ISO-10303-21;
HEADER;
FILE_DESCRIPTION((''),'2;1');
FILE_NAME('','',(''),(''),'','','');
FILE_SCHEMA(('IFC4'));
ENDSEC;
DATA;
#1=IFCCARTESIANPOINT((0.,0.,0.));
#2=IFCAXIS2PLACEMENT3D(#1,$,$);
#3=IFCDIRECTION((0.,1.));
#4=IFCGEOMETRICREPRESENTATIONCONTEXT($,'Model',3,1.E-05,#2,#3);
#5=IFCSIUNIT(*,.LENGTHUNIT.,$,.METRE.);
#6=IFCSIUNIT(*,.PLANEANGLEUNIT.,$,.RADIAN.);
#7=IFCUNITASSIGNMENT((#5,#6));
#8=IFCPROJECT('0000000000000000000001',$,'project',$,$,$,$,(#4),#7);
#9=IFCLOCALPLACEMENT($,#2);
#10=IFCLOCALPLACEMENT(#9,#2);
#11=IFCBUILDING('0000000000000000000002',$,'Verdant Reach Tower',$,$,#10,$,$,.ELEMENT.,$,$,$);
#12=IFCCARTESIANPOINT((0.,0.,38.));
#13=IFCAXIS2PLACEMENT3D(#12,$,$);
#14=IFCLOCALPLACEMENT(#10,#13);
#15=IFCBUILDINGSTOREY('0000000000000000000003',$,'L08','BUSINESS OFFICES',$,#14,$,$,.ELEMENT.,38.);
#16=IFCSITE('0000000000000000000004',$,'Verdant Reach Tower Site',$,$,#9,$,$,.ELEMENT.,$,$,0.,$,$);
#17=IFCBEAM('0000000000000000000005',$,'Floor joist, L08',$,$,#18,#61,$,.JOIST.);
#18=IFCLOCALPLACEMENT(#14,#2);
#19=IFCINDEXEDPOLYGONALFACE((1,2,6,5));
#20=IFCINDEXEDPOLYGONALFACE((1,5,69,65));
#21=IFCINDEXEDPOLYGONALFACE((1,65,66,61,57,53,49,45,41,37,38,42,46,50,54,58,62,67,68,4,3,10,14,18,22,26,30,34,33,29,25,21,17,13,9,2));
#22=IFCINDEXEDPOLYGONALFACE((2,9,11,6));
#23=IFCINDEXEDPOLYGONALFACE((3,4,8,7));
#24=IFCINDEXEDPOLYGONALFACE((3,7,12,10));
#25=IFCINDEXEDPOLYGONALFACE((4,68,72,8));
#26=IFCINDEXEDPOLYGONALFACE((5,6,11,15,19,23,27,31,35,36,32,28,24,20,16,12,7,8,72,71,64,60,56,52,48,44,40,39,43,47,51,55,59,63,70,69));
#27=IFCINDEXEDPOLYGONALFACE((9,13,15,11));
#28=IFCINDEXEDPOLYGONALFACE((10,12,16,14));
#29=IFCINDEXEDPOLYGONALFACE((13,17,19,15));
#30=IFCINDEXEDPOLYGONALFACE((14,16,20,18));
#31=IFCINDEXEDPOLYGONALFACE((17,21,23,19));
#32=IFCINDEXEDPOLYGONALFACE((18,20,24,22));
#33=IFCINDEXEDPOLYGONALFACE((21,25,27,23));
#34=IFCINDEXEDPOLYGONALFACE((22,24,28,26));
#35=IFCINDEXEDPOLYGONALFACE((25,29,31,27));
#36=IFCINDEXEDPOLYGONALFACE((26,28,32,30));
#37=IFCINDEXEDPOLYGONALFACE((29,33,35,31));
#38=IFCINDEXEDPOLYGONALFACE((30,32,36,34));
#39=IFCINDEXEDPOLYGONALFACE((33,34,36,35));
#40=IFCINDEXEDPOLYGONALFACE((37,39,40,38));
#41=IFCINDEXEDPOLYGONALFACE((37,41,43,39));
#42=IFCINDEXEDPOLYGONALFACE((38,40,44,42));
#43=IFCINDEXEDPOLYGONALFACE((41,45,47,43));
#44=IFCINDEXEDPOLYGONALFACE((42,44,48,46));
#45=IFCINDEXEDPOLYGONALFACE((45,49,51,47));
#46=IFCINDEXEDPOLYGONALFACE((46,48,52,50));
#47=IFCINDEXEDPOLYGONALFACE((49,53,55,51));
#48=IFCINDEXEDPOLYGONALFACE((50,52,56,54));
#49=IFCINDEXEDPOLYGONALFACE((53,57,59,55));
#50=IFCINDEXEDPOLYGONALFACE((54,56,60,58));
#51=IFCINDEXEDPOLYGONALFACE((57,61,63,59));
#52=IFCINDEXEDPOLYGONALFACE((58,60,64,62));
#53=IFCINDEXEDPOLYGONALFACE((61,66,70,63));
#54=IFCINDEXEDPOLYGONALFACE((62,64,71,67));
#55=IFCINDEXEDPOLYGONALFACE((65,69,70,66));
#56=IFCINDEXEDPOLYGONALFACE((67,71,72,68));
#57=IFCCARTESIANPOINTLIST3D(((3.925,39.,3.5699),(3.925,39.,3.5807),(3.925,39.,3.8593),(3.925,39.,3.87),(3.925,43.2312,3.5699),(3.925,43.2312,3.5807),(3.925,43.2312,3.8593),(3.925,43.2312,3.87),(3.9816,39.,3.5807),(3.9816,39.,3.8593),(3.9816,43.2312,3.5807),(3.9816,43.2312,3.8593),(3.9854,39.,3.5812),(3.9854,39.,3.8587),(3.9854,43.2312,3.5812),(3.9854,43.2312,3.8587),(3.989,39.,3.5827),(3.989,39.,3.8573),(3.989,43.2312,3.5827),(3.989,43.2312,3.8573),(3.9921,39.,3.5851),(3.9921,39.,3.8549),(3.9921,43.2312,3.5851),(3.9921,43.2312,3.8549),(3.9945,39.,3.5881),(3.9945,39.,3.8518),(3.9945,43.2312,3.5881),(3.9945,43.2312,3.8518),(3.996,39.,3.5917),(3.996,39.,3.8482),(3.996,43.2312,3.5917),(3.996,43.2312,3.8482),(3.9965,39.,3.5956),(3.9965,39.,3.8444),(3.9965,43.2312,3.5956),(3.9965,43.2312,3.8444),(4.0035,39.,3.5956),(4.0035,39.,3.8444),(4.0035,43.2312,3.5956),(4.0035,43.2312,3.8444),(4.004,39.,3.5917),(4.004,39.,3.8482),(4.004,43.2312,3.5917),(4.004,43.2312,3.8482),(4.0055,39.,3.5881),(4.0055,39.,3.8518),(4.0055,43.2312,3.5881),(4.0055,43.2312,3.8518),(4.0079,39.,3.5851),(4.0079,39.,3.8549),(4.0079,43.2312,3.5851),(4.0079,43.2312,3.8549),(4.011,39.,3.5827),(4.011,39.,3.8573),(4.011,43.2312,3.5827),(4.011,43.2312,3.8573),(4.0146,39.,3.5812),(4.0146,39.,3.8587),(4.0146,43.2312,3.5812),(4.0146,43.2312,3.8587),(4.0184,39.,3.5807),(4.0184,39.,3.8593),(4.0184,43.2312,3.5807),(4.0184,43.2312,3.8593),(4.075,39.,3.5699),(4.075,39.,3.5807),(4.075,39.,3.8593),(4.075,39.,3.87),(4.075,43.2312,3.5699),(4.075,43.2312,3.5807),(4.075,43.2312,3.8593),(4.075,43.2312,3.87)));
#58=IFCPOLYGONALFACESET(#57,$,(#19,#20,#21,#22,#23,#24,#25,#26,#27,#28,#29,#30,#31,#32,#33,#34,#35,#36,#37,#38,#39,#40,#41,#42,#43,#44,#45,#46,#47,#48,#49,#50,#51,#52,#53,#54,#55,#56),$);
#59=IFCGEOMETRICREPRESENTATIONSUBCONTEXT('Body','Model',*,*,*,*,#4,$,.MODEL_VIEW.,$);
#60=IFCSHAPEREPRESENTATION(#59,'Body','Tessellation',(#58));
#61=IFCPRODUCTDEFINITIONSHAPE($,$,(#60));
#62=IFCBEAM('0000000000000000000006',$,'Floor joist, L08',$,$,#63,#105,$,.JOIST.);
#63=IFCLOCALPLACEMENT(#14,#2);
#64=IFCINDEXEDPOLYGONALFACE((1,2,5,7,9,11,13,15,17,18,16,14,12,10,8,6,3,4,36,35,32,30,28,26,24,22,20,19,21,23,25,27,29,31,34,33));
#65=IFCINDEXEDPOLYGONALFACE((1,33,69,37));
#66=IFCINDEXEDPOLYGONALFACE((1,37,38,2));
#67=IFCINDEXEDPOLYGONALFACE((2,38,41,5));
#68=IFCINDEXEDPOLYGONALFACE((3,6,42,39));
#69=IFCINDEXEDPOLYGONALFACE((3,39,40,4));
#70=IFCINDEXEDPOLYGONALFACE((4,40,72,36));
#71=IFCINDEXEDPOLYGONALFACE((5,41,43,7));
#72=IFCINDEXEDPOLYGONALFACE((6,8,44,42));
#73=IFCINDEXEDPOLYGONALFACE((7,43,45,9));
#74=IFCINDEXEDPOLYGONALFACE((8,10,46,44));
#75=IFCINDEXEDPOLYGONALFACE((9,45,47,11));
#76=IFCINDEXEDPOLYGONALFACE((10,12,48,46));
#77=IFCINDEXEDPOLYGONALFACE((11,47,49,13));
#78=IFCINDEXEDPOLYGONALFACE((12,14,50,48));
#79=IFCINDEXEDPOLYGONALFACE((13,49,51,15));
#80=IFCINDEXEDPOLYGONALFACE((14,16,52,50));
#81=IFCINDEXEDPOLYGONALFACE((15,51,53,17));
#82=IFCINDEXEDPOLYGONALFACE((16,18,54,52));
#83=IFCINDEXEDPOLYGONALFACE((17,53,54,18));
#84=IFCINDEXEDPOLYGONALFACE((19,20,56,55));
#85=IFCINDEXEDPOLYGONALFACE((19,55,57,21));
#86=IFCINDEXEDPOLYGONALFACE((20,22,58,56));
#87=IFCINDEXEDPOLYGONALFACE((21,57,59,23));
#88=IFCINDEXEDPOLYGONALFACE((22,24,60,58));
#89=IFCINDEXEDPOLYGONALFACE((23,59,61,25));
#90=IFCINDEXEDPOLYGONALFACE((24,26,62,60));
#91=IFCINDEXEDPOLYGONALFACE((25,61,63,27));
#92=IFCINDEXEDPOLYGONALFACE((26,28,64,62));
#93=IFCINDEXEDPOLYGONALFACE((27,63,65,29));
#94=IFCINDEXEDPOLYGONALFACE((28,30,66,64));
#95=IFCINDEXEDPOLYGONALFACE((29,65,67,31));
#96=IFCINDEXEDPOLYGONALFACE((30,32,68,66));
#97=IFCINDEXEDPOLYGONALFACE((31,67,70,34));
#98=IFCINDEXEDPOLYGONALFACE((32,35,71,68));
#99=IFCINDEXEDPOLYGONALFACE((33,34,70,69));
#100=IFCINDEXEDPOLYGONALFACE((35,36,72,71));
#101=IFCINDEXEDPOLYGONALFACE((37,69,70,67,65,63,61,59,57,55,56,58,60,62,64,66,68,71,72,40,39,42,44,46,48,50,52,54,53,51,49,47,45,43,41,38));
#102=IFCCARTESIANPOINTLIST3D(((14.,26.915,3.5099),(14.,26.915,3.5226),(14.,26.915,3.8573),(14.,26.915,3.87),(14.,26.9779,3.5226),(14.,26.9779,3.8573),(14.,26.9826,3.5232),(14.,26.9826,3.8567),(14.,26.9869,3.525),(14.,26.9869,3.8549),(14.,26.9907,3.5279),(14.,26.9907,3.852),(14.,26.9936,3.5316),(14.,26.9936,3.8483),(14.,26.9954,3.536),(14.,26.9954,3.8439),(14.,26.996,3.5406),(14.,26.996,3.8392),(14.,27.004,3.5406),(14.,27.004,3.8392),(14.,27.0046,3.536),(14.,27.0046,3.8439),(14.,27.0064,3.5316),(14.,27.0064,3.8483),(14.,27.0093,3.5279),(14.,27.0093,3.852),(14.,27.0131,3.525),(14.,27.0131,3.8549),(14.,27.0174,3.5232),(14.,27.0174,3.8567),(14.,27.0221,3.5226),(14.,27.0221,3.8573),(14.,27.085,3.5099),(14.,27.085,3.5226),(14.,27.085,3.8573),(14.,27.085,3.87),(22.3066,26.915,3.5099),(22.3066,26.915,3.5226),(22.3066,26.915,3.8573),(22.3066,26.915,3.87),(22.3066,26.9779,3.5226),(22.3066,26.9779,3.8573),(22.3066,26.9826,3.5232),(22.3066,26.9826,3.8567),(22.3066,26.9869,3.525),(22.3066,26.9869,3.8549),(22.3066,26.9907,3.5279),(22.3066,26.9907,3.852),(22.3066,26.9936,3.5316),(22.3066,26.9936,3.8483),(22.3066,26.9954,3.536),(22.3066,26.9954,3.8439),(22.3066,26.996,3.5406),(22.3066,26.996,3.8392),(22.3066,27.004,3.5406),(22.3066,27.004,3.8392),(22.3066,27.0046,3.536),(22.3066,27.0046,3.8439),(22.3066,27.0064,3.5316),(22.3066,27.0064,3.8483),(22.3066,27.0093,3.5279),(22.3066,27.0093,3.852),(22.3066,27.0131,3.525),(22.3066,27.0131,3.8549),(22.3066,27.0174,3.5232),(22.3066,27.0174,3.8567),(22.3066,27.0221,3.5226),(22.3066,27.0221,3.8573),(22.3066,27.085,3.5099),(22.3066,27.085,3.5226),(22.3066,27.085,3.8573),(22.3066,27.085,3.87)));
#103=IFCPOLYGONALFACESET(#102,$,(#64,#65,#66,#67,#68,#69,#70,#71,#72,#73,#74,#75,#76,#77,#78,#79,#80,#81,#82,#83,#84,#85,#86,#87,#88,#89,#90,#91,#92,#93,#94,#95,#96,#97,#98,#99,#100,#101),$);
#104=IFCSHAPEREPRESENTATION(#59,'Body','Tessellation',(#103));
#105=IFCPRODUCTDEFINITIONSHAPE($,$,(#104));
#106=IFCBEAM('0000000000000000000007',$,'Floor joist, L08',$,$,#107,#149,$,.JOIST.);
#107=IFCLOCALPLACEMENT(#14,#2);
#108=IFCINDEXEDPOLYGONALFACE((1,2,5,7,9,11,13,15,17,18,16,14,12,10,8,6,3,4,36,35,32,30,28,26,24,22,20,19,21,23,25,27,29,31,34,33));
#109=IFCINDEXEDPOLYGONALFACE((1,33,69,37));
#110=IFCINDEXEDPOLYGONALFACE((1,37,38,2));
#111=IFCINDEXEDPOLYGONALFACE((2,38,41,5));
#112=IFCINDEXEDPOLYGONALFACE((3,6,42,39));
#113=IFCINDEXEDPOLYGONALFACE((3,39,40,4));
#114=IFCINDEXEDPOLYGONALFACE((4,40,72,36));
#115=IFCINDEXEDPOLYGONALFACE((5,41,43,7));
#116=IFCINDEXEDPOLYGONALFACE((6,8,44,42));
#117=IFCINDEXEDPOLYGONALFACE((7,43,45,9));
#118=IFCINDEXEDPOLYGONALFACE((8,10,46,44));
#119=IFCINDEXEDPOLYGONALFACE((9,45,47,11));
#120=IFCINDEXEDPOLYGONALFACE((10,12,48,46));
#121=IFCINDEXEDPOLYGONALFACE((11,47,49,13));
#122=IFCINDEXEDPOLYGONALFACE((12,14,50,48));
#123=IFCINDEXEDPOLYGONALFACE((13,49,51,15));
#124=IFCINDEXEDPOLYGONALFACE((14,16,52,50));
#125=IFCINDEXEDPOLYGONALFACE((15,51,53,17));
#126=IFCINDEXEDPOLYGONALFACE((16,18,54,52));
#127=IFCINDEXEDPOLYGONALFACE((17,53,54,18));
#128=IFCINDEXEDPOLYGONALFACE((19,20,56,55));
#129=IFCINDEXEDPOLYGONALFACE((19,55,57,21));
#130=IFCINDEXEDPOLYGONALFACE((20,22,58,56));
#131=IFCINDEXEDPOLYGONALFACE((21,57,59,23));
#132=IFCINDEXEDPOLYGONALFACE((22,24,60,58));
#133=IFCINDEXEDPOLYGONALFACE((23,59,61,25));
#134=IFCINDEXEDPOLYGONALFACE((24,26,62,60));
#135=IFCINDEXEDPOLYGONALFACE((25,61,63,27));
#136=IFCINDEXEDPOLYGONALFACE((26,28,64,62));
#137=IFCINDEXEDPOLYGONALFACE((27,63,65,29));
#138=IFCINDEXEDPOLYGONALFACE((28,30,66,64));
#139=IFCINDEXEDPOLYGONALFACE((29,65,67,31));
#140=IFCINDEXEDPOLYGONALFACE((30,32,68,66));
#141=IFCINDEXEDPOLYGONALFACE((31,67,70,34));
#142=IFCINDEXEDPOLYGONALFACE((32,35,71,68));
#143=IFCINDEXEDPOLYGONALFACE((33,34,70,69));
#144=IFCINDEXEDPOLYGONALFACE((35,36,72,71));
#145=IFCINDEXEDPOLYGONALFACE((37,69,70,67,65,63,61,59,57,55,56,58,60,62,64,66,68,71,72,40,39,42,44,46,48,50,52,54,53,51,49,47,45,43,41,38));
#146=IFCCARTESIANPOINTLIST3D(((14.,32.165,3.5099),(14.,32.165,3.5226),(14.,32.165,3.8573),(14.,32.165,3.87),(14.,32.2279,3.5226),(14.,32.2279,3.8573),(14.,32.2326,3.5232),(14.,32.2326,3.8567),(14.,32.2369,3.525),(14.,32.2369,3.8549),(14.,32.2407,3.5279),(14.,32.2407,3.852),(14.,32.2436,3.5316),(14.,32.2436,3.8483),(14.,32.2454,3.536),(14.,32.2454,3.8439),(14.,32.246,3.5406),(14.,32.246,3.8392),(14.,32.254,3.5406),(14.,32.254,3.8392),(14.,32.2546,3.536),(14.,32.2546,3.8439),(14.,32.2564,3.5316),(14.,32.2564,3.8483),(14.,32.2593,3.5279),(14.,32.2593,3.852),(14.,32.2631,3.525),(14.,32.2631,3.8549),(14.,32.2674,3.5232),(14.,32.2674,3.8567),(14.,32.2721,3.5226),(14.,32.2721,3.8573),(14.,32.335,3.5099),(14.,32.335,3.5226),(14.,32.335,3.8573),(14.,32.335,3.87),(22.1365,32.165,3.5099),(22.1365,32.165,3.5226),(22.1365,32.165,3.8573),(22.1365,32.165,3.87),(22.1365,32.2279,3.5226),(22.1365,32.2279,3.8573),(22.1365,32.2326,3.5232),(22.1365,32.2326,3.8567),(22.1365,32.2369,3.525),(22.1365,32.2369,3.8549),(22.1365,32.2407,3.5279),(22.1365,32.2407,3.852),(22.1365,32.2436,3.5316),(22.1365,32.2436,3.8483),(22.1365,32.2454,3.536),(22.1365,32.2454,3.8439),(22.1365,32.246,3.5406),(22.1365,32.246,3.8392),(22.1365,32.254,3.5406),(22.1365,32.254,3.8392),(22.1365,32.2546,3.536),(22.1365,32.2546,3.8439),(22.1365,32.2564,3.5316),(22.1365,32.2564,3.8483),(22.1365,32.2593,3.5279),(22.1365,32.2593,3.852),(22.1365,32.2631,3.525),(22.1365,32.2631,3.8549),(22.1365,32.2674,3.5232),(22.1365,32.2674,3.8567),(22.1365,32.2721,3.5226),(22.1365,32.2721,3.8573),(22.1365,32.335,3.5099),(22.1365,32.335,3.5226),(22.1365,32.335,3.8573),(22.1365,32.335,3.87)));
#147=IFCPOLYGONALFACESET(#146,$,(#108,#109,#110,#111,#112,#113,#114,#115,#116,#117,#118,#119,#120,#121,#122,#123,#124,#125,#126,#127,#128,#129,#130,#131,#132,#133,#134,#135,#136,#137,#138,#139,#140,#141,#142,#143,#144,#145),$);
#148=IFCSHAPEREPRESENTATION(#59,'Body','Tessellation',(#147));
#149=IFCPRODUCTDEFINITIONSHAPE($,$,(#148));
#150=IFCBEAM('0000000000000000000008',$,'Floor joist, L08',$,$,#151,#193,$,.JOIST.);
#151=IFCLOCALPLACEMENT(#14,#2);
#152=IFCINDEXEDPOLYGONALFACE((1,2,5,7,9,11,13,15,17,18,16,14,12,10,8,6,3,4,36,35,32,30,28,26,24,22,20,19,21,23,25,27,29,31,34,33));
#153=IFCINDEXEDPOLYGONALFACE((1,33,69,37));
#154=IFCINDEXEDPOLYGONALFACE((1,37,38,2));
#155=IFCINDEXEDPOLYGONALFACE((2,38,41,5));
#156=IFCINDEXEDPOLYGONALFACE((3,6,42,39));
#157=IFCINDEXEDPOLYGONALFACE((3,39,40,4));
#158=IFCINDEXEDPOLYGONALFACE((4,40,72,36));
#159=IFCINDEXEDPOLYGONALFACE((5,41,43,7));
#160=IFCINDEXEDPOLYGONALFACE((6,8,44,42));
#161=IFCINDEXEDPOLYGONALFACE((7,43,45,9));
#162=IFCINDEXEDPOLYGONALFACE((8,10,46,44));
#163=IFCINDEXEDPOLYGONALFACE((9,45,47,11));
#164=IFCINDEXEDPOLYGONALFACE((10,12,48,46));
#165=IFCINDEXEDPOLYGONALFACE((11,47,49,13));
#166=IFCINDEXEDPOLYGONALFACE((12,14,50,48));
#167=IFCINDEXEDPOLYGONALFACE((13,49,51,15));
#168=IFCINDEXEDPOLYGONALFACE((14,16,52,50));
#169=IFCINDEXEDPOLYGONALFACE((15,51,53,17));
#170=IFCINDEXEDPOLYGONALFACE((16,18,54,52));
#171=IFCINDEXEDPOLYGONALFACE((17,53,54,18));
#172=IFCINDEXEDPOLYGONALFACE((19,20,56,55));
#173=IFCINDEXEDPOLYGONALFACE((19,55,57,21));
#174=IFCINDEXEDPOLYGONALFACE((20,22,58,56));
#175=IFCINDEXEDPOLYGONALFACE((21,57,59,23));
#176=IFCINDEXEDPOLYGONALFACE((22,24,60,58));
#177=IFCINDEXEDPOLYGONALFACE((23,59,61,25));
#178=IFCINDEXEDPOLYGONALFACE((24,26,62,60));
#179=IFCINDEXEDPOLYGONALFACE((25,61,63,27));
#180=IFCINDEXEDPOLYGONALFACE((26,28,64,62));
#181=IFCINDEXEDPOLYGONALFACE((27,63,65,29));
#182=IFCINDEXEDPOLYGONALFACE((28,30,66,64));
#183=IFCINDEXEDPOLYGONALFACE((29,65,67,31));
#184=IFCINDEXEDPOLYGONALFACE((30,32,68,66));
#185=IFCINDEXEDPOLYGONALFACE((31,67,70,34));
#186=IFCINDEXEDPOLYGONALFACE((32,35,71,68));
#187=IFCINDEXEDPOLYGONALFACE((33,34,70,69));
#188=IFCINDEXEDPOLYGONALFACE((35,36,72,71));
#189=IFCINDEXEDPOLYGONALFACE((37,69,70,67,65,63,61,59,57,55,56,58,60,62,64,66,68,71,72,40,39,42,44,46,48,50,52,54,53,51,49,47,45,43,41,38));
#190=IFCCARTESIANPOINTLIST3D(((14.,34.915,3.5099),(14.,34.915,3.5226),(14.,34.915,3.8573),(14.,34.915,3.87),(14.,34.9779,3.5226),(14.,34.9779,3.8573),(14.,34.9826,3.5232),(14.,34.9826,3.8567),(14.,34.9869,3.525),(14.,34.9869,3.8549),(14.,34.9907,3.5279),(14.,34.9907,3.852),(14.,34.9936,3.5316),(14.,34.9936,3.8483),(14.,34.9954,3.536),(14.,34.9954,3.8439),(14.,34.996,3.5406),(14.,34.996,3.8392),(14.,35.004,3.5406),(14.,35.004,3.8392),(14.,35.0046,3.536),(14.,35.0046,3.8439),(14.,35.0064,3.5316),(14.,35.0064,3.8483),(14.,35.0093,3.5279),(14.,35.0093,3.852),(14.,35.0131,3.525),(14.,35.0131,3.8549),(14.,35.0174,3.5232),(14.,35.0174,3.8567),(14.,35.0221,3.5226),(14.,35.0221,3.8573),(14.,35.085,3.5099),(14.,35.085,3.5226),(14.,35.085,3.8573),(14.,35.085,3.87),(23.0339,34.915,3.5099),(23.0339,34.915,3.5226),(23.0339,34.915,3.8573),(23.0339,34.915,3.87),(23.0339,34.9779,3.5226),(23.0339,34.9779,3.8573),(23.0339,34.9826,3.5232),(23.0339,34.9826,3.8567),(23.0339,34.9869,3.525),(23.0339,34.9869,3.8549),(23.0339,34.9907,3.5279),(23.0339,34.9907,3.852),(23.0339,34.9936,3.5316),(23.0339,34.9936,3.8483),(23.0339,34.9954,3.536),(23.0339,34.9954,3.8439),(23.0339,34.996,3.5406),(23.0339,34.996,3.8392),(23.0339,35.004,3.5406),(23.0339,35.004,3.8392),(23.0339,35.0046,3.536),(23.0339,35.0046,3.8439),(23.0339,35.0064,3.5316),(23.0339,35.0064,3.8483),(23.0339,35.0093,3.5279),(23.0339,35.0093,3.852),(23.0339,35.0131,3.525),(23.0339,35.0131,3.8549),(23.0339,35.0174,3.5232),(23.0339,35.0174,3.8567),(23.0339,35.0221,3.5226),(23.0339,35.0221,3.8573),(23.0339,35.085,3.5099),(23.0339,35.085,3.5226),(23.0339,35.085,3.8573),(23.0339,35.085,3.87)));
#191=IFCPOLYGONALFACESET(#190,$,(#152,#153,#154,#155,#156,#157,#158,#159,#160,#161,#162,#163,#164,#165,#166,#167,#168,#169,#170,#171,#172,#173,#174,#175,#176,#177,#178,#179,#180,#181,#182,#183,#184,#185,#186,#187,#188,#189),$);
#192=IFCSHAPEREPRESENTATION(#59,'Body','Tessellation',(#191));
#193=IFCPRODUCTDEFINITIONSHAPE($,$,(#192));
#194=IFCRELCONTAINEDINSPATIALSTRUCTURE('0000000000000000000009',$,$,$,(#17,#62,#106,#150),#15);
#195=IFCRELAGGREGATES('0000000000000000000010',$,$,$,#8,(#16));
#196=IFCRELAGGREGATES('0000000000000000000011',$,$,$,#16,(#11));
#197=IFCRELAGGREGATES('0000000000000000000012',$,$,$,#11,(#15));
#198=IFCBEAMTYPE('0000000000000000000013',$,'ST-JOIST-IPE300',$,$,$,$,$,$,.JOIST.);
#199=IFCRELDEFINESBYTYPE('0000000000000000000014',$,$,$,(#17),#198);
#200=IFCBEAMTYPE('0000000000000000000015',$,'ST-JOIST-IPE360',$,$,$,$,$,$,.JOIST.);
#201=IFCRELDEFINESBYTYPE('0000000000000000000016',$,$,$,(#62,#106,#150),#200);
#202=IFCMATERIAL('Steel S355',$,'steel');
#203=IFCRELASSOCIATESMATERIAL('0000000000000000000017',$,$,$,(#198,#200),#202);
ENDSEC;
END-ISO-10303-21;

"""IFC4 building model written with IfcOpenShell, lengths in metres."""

from ifc_helpers import new_model, si_unit, direction, frame, origin, origin_2d, place, context, subcontext, project, spatial, i_section, extrude, material, material_profile, profile_set, type_object, element, save


model = new_model("IFC4")

# Units and contexts
model_context = context("Model", 3, precision=1e-05, world=origin(), true_north=direction((0.0, 1.0)))
body_context = subcontext(model_context, "Body", "Model", "MODEL_VIEW")
ifc_project = project(units=[si_unit("LENGTHUNIT", "METRE"), si_unit("PLANEANGLEUNIT", "RADIAN")], contexts=[model_context])

# Site, building, storey
site_placement = place(None, origin())
site = spatial("IfcSite", under=ifc_project, at=site_placement, Name="Verdant Reach Tower Site", CompositionType="ELEMENT", RefElevation=0.0)
building_placement = place(site_placement, origin())
building = spatial("IfcBuilding", under=site, at=building_placement, Name="Verdant Reach Tower", CompositionType="ELEMENT")
storey_placement = place(building_placement, frame((0.0, 0.0, 38.0)))
storey = spatial("IfcBuildingStorey", under=building, at=storey_placement, Name="L08", Description="BUSINESS OFFICES", CompositionType="ELEMENT", Elevation=38.0)

# Beams
ifc_material_1 = material(Name="Steel S355", Category="steel")
ifc_material_profile_1 = material_profile(ifc_material_1, i_section(OverallWidth=0.1499, OverallDepth=0.3, WebThickness=0.0071, FlangeThickness=0.0107, FilletRadius=0.0149, at=origin_2d()), Name="IPE 300")
ifc_profile_set_1 = profile_set([ifc_material_profile_1], Name="Steel S355")
beam_type_1 = type_object("IfcBeamType", Name="ST-JOIST-IPE300", PredefinedType="JOIST", material=ifc_profile_set_1)
beam_1_placement = place(storey_placement, frame((4.0, 39.0, 3.72), z_axis=(0.0, 1.0, 0.0), x_axis=(-1.0, 0.0, 0.0)))
element("IfcBeam", 1, at=beam_1_placement, inside=storey, type_object=beam_type_1, Name="Floor joist, L08", PredefinedType="JOIST", context=body_context, shape_type="SweptSolid", body=[
    extrude(i_section(OverallWidth=0.1499, OverallDepth=0.3, WebThickness=0.0071, FlangeThickness=0.0107, FilletRadius=0.0149, at=origin_2d()), origin(), (0.0, 0.0, 1.0), 4.2312),
])
ifc_material_profile_2 = material_profile(ifc_material_1, i_section(OverallWidth=0.1699, OverallDepth=0.3601, WebThickness=0.0081, FlangeThickness=0.0127, FilletRadius=0.0181, at=origin_2d()), Name="IPE 360")
ifc_profile_set_2 = profile_set([ifc_material_profile_2], Name="Steel S355")
beam_type_2 = type_object("IfcBeamType", Name="ST-JOIST-IPE360", PredefinedType="JOIST", material=ifc_profile_set_2)
beam_2_placement = place(storey_placement, frame((14.0, 27.0, 3.6899), z_axis=(1.0, 0.0, 0.0), x_axis=(0.0, 1.0, 0.0)))
element("IfcBeam", 2, at=beam_2_placement, inside=storey, type_object=beam_type_2, Name="Floor joist, L08", PredefinedType="JOIST", context=body_context, shape_type="SweptSolid", body=[
    extrude(i_section(OverallWidth=0.1699, OverallDepth=0.3601, WebThickness=0.0081, FlangeThickness=0.0127, FilletRadius=0.0181, at=origin_2d()), origin(), (0.0, 0.0, 1.0), 8.3066),
])
beam_3_placement = place(storey_placement, frame((14.0, 32.25, 3.6899), z_axis=(1.0, 0.0, 0.0), x_axis=(0.0, 1.0, 0.0)))
element("IfcBeam", 3, at=beam_3_placement, inside=storey, type_object=beam_type_2, Name="Floor joist, L08", PredefinedType="JOIST", context=body_context, shape_type="SweptSolid", body=[
    extrude(i_section(OverallWidth=0.1699, OverallDepth=0.3601, WebThickness=0.0081, FlangeThickness=0.0127, FilletRadius=0.0181, at=origin_2d()), origin(), (0.0, 0.0, 1.0), 8.1365),
])
beam_4_placement = place(storey_placement, frame((14.0, 35.0, 3.6899), z_axis=(1.0, 0.0, 0.0), x_axis=(0.0, 1.0, 0.0)))
element("IfcBeam", 4, at=beam_4_placement, inside=storey, type_object=beam_type_2, Name="Floor joist, L08", PredefinedType="JOIST", context=body_context, shape_type="SweptSolid", body=[
    extrude(i_section(OverallWidth=0.1699, OverallDepth=0.3601, WebThickness=0.0081, FlangeThickness=0.0127, FilletRadius=0.0181, at=origin_2d()), origin(), (0.0, 0.0, 1.0), 9.0339),
])

save(model, "model.ifc")
